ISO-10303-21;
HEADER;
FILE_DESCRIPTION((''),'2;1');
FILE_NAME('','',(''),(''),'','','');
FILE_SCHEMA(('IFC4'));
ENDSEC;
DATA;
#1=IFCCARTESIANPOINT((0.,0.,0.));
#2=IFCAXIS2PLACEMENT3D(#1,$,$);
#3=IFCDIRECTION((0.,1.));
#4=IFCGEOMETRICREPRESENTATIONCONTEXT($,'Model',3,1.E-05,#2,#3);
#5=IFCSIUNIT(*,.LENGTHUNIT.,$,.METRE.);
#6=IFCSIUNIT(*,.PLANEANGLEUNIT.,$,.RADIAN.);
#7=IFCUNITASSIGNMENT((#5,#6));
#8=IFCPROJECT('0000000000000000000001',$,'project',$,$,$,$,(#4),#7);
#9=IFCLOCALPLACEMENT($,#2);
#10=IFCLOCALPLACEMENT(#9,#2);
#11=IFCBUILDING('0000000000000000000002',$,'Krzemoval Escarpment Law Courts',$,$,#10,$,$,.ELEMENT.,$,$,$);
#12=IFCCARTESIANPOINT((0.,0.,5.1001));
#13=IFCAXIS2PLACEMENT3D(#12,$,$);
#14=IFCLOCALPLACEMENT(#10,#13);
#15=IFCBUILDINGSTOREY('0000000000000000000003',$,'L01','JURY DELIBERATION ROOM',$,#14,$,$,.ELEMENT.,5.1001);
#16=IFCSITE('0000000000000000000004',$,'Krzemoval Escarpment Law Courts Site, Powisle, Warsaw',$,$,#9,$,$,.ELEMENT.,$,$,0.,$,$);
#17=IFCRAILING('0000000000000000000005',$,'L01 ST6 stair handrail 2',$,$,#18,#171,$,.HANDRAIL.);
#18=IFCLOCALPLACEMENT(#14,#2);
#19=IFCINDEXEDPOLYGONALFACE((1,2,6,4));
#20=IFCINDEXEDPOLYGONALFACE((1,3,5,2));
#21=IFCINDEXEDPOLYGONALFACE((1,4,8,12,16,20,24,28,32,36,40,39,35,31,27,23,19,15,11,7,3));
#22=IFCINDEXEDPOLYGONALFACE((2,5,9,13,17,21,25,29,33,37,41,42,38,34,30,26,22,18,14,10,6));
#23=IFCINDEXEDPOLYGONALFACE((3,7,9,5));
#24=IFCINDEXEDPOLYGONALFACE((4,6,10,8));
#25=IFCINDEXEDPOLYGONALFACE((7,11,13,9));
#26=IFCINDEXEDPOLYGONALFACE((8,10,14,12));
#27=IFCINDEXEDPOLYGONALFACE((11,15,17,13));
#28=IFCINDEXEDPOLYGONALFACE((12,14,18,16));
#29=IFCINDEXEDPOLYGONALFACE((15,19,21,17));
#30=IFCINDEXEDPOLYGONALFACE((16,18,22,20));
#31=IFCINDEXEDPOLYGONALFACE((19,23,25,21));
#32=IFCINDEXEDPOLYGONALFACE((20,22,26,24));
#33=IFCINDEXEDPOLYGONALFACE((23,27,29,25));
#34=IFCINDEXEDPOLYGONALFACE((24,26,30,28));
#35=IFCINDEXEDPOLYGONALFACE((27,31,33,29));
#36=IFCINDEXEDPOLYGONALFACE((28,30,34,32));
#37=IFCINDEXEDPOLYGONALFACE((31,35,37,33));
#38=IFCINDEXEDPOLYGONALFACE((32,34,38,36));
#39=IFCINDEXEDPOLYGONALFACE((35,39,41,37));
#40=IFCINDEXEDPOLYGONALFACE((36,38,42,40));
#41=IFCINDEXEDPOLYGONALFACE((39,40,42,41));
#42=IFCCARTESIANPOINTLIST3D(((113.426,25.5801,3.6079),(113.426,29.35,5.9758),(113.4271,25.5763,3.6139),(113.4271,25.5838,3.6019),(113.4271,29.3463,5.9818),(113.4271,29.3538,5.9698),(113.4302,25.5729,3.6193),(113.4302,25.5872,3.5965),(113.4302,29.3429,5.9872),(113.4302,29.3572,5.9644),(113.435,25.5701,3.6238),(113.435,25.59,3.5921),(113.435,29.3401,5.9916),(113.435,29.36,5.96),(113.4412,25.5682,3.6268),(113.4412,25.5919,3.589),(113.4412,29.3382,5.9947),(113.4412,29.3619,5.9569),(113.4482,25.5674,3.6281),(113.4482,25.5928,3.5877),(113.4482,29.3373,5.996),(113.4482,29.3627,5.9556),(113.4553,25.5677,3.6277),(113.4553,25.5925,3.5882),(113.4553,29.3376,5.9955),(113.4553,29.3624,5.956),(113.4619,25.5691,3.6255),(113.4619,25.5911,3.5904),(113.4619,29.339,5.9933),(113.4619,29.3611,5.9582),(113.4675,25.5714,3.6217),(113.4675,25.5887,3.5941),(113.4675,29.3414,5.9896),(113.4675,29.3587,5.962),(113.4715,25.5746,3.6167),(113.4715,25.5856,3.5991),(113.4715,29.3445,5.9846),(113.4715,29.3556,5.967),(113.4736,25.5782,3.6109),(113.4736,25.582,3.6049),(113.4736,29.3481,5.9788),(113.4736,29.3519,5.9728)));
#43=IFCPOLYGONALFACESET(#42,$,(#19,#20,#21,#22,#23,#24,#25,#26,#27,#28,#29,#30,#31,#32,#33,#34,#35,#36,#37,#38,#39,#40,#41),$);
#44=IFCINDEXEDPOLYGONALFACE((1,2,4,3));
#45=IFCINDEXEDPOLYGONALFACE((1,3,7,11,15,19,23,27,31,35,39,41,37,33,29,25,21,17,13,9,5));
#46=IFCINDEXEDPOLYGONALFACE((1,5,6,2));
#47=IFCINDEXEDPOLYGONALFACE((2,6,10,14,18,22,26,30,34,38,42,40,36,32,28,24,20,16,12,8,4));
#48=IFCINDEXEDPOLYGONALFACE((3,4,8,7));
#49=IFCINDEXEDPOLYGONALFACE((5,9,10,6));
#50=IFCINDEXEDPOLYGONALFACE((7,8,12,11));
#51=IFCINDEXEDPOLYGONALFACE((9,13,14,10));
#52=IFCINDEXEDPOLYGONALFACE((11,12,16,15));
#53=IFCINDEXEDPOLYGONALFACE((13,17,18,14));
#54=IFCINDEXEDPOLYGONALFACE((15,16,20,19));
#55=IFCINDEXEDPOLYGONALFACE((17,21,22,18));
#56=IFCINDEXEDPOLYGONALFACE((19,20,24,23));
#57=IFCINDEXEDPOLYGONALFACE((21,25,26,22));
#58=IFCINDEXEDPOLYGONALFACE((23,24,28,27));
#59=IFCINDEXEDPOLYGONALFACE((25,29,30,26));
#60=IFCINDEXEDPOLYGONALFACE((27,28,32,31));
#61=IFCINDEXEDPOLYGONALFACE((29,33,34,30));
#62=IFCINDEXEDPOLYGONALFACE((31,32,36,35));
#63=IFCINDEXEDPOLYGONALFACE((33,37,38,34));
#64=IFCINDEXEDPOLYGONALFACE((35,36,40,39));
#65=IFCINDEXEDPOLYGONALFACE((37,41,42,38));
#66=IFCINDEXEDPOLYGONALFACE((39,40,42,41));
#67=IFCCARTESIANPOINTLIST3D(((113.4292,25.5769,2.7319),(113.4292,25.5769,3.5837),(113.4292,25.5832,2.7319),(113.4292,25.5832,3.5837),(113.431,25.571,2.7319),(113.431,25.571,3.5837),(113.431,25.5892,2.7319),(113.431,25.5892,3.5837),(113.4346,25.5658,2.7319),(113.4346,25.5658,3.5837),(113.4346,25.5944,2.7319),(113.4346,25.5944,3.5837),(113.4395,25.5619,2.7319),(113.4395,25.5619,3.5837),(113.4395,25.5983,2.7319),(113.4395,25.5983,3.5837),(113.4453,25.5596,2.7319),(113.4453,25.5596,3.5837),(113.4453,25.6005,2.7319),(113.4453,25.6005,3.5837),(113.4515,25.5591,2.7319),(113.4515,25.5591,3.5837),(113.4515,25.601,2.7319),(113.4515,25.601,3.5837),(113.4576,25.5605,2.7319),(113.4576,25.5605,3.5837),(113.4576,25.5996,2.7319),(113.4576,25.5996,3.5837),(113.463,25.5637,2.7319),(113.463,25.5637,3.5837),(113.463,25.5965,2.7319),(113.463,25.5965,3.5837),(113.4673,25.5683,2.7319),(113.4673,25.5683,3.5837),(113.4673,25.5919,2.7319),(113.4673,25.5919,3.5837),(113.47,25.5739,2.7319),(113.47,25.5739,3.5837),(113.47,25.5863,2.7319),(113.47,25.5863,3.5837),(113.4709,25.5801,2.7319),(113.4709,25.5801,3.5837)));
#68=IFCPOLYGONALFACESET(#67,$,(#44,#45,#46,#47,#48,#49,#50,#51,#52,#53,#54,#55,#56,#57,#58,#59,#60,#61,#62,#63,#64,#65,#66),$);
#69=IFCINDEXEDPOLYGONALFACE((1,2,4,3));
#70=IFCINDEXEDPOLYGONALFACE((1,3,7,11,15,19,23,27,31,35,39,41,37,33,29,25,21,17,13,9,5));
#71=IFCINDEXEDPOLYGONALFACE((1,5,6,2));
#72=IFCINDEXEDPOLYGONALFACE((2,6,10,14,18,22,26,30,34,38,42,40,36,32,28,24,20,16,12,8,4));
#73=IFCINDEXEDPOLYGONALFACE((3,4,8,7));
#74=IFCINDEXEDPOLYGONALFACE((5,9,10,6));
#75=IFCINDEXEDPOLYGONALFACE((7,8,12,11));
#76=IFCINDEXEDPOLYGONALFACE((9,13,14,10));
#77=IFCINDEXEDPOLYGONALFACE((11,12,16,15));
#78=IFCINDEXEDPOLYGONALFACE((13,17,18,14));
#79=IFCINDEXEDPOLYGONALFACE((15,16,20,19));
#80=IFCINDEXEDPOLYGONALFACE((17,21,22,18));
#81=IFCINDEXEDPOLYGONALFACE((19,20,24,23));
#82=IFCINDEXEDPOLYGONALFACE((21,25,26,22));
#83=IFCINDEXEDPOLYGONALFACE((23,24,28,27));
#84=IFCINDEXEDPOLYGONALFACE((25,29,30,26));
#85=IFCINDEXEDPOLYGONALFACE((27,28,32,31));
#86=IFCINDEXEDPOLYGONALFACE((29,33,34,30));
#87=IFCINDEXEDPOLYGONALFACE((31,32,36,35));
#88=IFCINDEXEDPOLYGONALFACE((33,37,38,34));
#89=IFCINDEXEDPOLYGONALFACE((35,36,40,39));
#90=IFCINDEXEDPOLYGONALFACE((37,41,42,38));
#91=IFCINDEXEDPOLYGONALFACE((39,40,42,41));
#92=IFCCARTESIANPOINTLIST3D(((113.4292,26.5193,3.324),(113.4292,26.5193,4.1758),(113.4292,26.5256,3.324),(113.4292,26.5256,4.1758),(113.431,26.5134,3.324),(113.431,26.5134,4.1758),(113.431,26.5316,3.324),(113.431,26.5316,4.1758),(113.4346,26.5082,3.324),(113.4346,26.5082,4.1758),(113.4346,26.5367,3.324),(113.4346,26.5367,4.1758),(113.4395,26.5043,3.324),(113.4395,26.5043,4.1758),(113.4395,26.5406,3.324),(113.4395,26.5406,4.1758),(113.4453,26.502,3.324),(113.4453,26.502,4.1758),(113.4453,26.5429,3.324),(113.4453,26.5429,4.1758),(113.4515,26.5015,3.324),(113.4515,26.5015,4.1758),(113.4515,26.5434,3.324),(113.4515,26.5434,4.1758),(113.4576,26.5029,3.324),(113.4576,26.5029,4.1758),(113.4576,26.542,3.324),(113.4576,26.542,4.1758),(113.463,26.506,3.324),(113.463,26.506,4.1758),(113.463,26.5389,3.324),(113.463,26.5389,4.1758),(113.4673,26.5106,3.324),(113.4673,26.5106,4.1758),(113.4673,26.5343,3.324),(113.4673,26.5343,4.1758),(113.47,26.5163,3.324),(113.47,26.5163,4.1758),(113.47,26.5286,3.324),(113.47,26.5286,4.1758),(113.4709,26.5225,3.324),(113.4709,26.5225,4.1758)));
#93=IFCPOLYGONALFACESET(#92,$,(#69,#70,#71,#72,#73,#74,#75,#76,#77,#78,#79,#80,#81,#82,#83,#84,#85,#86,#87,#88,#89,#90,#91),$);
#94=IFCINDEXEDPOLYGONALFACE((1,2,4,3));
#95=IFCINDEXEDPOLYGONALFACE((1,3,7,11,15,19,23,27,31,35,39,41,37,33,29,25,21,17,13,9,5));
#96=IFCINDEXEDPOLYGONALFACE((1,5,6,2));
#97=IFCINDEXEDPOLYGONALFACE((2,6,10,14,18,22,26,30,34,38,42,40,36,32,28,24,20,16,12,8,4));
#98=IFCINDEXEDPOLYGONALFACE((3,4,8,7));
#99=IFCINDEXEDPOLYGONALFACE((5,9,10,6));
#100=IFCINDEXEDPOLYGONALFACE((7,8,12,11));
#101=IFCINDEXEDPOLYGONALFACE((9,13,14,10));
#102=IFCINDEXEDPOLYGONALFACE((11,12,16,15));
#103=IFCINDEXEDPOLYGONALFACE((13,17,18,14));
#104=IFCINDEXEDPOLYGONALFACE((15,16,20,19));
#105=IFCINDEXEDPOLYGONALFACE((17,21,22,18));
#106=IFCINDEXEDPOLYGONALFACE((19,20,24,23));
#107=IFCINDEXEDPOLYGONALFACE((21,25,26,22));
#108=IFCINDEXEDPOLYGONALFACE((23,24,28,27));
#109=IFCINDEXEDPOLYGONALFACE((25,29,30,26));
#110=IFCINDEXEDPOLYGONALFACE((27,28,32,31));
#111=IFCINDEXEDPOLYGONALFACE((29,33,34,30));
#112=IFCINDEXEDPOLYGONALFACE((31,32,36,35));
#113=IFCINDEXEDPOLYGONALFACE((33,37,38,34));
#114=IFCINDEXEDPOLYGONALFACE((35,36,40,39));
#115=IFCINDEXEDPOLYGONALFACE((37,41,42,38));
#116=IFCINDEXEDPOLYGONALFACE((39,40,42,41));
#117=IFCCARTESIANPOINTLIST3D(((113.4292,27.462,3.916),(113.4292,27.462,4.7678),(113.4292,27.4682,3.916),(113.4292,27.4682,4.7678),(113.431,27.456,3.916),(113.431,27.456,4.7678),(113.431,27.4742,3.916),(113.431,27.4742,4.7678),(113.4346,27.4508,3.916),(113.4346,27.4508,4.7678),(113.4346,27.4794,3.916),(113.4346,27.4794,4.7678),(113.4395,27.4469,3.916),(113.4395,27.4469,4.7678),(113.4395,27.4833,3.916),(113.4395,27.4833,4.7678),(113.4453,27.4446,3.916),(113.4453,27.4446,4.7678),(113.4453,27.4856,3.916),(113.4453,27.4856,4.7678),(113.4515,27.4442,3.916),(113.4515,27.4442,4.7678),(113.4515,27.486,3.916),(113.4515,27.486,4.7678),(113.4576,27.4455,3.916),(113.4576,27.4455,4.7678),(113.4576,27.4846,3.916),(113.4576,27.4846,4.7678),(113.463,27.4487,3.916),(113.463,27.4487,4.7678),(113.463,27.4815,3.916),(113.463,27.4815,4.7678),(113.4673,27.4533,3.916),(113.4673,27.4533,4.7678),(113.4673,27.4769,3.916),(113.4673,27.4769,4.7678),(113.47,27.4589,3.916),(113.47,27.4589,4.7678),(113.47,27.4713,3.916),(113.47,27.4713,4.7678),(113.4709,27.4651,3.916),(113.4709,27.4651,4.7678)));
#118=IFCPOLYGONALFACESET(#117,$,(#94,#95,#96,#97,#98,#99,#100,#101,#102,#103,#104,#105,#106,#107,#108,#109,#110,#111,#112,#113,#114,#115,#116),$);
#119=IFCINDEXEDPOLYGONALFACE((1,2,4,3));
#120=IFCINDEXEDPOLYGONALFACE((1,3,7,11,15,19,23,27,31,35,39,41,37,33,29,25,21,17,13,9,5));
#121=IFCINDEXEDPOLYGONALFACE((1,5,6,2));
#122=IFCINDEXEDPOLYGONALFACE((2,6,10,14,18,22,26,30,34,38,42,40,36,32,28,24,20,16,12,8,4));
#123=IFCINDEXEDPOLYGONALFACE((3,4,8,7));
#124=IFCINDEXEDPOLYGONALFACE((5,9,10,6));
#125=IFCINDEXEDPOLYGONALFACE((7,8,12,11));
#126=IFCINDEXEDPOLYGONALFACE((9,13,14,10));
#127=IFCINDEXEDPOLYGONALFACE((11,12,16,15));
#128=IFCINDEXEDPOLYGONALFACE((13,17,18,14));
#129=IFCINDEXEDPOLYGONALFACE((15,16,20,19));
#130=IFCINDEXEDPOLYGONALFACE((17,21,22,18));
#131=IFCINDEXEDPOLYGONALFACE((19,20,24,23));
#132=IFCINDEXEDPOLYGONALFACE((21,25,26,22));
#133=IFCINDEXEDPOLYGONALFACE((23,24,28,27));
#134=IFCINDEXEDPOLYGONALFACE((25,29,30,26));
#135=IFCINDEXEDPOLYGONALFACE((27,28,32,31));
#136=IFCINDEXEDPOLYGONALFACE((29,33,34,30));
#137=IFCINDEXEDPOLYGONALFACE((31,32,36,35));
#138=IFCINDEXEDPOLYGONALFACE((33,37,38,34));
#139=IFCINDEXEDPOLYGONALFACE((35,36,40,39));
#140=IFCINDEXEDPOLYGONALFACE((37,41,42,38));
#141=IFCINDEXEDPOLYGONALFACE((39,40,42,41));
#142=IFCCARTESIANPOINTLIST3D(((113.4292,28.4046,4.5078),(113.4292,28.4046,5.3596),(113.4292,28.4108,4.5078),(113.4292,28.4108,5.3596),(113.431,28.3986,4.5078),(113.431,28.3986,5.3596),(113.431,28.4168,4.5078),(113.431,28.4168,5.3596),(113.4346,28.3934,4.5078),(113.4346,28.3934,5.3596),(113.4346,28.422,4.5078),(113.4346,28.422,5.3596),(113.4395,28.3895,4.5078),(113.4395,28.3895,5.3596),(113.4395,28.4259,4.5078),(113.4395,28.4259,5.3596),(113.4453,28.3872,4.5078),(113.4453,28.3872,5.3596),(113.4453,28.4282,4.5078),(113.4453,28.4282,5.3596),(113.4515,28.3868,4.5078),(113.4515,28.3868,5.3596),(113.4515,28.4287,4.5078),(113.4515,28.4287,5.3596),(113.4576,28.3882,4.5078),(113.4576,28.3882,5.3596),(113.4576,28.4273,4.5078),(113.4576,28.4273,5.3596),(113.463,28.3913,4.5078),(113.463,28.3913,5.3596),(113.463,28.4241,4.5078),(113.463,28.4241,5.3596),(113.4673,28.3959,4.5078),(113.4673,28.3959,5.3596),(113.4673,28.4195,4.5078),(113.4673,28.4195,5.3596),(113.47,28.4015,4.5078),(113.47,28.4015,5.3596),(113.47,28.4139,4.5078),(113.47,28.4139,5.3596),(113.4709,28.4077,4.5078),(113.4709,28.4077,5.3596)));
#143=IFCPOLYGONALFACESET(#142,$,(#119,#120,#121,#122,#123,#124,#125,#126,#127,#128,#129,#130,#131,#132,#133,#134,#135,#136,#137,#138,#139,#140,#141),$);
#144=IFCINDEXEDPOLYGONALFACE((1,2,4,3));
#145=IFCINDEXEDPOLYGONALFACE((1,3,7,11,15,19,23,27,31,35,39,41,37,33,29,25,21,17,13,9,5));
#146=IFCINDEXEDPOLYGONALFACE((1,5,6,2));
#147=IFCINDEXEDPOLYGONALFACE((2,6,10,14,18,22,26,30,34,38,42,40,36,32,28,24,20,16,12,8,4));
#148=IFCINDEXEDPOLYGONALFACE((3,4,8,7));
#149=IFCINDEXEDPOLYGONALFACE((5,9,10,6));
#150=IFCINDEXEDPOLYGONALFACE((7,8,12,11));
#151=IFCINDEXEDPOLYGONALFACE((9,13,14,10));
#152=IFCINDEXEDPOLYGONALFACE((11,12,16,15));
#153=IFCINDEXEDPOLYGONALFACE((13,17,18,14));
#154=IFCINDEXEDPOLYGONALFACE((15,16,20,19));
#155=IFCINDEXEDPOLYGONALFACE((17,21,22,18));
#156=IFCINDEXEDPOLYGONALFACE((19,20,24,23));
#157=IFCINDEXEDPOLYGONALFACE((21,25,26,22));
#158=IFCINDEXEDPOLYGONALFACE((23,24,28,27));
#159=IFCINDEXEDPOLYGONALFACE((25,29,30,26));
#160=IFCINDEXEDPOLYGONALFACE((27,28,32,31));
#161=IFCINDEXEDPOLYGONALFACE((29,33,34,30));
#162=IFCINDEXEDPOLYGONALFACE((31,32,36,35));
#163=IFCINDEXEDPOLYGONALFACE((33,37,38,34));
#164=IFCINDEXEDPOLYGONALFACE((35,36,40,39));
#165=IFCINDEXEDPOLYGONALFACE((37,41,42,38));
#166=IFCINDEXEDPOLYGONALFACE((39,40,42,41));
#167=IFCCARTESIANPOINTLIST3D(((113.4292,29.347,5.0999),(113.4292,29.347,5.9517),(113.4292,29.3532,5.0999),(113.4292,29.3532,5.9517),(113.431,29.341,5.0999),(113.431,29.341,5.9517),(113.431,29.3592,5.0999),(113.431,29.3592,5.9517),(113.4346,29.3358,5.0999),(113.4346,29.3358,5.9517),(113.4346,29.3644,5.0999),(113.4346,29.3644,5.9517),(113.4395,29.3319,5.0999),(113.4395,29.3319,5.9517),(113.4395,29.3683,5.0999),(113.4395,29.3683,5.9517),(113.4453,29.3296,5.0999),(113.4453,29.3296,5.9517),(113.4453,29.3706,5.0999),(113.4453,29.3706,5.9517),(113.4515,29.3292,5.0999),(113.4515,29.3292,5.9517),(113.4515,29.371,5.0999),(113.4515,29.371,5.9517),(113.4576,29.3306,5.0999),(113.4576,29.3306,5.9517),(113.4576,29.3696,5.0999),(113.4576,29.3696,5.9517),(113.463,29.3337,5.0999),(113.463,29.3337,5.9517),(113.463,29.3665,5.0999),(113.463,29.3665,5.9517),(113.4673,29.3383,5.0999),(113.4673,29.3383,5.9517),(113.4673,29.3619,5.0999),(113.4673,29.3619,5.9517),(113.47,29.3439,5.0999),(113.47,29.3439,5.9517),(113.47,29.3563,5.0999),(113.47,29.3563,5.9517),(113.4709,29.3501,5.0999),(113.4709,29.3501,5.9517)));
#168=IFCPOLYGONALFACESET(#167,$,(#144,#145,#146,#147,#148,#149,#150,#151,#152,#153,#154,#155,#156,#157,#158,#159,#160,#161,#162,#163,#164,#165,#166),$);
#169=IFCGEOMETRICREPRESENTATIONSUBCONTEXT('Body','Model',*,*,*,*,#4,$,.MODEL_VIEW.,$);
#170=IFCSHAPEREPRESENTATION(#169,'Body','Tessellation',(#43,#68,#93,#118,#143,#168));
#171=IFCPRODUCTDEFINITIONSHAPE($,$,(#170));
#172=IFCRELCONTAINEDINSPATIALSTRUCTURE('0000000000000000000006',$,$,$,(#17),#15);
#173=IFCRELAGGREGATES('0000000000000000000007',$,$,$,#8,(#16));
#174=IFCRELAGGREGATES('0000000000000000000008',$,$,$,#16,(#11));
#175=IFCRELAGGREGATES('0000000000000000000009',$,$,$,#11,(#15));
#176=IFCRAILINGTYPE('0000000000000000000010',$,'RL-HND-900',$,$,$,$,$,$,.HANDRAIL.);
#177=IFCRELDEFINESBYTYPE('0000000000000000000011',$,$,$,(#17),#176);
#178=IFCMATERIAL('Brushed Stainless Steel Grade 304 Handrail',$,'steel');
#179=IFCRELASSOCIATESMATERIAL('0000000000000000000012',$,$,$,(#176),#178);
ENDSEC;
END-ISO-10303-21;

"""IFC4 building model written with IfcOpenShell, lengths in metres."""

from ifc_helpers import new_model, si_unit, direction, frame, origin, origin_2d, place, context, subcontext, project, spatial, circle, extrude, material, type_object, element, save


model = new_model("IFC4")

# Units and contexts
model_context = context("Model", 3, precision=1e-05, world=origin(), true_north=direction((0.0, 1.0)))
body_context = subcontext(model_context, "Body", "Model", "MODEL_VIEW")
ifc_project = project(units=[si_unit("LENGTHUNIT", "METRE"), si_unit("PLANEANGLEUNIT", "RADIAN")], contexts=[model_context])

# Site, building, storey
site_placement = place(None, origin())
site = spatial("IfcSite", under=ifc_project, at=site_placement, Name="Krzemoval Escarpment Law Courts Site, Powisle, Warsaw", CompositionType="ELEMENT", RefElevation=0.0)
building_placement = place(site_placement, origin())
building = spatial("IfcBuilding", under=site, at=building_placement, Name="Krzemoval Escarpment Law Courts", CompositionType="ELEMENT")
storey_placement = place(building_placement, frame((0.0, 0.0, 5.1001)))
storey = spatial("IfcBuildingStorey", under=building, at=storey_placement, Name="L01", Description="JURY DELIBERATION ROOM", CompositionType="ELEMENT", Elevation=5.1001)

# Railing
ifc_material_1 = material(Name="Brushed Stainless Steel Grade 304 Handrail", Category="steel")
railing_type_1 = type_object("IfcRailingType", Name="RL-HND-900", PredefinedType="HANDRAIL", material=ifc_material_1)
railing_1_placement = place(storey_placement, frame((113.45, 25.5801, 2.7319)))
element("IfcRailing", 1, at=railing_1_placement, inside=storey, type_object=railing_type_1, Name="L01 ST6 stair handrail 2", PredefinedType="HANDRAIL", context=body_context, shape_type="SweptSolid", body=[
    extrude(circle(Radius=0.0239, at=origin_2d()), frame((0.0, 0.0, 0.876), z_axis=(0.0, 0.846819, 0.531881), x_axis=(-1.0, 0.0, 0.0)), (0.0, 0.0, 1.0), 4.4519),
    extrude(circle(Radius=0.021, at=origin_2d()), origin(), (0.0, 0.0, 1.0), 0.8518),
    extrude(circle(Radius=0.021, at=origin_2d()), frame((0.0, 0.9424, 0.592)), (0.0, 0.0, 1.0), 0.8518),
    extrude(circle(Radius=0.021, at=origin_2d()), frame((0.0, 1.885, 1.1841)), (0.0, 0.0, 1.0), 0.8518),
    extrude(circle(Radius=0.021, at=origin_2d()), frame((0.0, 2.8276, 1.7759)), (0.0, 0.0, 1.0), 0.8518),
    extrude(circle(Radius=0.021, at=origin_2d()), frame((0.0, 3.77, 2.3679)), (0.0, 0.0, 1.0), 0.8518),
])

save(model, "model.ifc")
